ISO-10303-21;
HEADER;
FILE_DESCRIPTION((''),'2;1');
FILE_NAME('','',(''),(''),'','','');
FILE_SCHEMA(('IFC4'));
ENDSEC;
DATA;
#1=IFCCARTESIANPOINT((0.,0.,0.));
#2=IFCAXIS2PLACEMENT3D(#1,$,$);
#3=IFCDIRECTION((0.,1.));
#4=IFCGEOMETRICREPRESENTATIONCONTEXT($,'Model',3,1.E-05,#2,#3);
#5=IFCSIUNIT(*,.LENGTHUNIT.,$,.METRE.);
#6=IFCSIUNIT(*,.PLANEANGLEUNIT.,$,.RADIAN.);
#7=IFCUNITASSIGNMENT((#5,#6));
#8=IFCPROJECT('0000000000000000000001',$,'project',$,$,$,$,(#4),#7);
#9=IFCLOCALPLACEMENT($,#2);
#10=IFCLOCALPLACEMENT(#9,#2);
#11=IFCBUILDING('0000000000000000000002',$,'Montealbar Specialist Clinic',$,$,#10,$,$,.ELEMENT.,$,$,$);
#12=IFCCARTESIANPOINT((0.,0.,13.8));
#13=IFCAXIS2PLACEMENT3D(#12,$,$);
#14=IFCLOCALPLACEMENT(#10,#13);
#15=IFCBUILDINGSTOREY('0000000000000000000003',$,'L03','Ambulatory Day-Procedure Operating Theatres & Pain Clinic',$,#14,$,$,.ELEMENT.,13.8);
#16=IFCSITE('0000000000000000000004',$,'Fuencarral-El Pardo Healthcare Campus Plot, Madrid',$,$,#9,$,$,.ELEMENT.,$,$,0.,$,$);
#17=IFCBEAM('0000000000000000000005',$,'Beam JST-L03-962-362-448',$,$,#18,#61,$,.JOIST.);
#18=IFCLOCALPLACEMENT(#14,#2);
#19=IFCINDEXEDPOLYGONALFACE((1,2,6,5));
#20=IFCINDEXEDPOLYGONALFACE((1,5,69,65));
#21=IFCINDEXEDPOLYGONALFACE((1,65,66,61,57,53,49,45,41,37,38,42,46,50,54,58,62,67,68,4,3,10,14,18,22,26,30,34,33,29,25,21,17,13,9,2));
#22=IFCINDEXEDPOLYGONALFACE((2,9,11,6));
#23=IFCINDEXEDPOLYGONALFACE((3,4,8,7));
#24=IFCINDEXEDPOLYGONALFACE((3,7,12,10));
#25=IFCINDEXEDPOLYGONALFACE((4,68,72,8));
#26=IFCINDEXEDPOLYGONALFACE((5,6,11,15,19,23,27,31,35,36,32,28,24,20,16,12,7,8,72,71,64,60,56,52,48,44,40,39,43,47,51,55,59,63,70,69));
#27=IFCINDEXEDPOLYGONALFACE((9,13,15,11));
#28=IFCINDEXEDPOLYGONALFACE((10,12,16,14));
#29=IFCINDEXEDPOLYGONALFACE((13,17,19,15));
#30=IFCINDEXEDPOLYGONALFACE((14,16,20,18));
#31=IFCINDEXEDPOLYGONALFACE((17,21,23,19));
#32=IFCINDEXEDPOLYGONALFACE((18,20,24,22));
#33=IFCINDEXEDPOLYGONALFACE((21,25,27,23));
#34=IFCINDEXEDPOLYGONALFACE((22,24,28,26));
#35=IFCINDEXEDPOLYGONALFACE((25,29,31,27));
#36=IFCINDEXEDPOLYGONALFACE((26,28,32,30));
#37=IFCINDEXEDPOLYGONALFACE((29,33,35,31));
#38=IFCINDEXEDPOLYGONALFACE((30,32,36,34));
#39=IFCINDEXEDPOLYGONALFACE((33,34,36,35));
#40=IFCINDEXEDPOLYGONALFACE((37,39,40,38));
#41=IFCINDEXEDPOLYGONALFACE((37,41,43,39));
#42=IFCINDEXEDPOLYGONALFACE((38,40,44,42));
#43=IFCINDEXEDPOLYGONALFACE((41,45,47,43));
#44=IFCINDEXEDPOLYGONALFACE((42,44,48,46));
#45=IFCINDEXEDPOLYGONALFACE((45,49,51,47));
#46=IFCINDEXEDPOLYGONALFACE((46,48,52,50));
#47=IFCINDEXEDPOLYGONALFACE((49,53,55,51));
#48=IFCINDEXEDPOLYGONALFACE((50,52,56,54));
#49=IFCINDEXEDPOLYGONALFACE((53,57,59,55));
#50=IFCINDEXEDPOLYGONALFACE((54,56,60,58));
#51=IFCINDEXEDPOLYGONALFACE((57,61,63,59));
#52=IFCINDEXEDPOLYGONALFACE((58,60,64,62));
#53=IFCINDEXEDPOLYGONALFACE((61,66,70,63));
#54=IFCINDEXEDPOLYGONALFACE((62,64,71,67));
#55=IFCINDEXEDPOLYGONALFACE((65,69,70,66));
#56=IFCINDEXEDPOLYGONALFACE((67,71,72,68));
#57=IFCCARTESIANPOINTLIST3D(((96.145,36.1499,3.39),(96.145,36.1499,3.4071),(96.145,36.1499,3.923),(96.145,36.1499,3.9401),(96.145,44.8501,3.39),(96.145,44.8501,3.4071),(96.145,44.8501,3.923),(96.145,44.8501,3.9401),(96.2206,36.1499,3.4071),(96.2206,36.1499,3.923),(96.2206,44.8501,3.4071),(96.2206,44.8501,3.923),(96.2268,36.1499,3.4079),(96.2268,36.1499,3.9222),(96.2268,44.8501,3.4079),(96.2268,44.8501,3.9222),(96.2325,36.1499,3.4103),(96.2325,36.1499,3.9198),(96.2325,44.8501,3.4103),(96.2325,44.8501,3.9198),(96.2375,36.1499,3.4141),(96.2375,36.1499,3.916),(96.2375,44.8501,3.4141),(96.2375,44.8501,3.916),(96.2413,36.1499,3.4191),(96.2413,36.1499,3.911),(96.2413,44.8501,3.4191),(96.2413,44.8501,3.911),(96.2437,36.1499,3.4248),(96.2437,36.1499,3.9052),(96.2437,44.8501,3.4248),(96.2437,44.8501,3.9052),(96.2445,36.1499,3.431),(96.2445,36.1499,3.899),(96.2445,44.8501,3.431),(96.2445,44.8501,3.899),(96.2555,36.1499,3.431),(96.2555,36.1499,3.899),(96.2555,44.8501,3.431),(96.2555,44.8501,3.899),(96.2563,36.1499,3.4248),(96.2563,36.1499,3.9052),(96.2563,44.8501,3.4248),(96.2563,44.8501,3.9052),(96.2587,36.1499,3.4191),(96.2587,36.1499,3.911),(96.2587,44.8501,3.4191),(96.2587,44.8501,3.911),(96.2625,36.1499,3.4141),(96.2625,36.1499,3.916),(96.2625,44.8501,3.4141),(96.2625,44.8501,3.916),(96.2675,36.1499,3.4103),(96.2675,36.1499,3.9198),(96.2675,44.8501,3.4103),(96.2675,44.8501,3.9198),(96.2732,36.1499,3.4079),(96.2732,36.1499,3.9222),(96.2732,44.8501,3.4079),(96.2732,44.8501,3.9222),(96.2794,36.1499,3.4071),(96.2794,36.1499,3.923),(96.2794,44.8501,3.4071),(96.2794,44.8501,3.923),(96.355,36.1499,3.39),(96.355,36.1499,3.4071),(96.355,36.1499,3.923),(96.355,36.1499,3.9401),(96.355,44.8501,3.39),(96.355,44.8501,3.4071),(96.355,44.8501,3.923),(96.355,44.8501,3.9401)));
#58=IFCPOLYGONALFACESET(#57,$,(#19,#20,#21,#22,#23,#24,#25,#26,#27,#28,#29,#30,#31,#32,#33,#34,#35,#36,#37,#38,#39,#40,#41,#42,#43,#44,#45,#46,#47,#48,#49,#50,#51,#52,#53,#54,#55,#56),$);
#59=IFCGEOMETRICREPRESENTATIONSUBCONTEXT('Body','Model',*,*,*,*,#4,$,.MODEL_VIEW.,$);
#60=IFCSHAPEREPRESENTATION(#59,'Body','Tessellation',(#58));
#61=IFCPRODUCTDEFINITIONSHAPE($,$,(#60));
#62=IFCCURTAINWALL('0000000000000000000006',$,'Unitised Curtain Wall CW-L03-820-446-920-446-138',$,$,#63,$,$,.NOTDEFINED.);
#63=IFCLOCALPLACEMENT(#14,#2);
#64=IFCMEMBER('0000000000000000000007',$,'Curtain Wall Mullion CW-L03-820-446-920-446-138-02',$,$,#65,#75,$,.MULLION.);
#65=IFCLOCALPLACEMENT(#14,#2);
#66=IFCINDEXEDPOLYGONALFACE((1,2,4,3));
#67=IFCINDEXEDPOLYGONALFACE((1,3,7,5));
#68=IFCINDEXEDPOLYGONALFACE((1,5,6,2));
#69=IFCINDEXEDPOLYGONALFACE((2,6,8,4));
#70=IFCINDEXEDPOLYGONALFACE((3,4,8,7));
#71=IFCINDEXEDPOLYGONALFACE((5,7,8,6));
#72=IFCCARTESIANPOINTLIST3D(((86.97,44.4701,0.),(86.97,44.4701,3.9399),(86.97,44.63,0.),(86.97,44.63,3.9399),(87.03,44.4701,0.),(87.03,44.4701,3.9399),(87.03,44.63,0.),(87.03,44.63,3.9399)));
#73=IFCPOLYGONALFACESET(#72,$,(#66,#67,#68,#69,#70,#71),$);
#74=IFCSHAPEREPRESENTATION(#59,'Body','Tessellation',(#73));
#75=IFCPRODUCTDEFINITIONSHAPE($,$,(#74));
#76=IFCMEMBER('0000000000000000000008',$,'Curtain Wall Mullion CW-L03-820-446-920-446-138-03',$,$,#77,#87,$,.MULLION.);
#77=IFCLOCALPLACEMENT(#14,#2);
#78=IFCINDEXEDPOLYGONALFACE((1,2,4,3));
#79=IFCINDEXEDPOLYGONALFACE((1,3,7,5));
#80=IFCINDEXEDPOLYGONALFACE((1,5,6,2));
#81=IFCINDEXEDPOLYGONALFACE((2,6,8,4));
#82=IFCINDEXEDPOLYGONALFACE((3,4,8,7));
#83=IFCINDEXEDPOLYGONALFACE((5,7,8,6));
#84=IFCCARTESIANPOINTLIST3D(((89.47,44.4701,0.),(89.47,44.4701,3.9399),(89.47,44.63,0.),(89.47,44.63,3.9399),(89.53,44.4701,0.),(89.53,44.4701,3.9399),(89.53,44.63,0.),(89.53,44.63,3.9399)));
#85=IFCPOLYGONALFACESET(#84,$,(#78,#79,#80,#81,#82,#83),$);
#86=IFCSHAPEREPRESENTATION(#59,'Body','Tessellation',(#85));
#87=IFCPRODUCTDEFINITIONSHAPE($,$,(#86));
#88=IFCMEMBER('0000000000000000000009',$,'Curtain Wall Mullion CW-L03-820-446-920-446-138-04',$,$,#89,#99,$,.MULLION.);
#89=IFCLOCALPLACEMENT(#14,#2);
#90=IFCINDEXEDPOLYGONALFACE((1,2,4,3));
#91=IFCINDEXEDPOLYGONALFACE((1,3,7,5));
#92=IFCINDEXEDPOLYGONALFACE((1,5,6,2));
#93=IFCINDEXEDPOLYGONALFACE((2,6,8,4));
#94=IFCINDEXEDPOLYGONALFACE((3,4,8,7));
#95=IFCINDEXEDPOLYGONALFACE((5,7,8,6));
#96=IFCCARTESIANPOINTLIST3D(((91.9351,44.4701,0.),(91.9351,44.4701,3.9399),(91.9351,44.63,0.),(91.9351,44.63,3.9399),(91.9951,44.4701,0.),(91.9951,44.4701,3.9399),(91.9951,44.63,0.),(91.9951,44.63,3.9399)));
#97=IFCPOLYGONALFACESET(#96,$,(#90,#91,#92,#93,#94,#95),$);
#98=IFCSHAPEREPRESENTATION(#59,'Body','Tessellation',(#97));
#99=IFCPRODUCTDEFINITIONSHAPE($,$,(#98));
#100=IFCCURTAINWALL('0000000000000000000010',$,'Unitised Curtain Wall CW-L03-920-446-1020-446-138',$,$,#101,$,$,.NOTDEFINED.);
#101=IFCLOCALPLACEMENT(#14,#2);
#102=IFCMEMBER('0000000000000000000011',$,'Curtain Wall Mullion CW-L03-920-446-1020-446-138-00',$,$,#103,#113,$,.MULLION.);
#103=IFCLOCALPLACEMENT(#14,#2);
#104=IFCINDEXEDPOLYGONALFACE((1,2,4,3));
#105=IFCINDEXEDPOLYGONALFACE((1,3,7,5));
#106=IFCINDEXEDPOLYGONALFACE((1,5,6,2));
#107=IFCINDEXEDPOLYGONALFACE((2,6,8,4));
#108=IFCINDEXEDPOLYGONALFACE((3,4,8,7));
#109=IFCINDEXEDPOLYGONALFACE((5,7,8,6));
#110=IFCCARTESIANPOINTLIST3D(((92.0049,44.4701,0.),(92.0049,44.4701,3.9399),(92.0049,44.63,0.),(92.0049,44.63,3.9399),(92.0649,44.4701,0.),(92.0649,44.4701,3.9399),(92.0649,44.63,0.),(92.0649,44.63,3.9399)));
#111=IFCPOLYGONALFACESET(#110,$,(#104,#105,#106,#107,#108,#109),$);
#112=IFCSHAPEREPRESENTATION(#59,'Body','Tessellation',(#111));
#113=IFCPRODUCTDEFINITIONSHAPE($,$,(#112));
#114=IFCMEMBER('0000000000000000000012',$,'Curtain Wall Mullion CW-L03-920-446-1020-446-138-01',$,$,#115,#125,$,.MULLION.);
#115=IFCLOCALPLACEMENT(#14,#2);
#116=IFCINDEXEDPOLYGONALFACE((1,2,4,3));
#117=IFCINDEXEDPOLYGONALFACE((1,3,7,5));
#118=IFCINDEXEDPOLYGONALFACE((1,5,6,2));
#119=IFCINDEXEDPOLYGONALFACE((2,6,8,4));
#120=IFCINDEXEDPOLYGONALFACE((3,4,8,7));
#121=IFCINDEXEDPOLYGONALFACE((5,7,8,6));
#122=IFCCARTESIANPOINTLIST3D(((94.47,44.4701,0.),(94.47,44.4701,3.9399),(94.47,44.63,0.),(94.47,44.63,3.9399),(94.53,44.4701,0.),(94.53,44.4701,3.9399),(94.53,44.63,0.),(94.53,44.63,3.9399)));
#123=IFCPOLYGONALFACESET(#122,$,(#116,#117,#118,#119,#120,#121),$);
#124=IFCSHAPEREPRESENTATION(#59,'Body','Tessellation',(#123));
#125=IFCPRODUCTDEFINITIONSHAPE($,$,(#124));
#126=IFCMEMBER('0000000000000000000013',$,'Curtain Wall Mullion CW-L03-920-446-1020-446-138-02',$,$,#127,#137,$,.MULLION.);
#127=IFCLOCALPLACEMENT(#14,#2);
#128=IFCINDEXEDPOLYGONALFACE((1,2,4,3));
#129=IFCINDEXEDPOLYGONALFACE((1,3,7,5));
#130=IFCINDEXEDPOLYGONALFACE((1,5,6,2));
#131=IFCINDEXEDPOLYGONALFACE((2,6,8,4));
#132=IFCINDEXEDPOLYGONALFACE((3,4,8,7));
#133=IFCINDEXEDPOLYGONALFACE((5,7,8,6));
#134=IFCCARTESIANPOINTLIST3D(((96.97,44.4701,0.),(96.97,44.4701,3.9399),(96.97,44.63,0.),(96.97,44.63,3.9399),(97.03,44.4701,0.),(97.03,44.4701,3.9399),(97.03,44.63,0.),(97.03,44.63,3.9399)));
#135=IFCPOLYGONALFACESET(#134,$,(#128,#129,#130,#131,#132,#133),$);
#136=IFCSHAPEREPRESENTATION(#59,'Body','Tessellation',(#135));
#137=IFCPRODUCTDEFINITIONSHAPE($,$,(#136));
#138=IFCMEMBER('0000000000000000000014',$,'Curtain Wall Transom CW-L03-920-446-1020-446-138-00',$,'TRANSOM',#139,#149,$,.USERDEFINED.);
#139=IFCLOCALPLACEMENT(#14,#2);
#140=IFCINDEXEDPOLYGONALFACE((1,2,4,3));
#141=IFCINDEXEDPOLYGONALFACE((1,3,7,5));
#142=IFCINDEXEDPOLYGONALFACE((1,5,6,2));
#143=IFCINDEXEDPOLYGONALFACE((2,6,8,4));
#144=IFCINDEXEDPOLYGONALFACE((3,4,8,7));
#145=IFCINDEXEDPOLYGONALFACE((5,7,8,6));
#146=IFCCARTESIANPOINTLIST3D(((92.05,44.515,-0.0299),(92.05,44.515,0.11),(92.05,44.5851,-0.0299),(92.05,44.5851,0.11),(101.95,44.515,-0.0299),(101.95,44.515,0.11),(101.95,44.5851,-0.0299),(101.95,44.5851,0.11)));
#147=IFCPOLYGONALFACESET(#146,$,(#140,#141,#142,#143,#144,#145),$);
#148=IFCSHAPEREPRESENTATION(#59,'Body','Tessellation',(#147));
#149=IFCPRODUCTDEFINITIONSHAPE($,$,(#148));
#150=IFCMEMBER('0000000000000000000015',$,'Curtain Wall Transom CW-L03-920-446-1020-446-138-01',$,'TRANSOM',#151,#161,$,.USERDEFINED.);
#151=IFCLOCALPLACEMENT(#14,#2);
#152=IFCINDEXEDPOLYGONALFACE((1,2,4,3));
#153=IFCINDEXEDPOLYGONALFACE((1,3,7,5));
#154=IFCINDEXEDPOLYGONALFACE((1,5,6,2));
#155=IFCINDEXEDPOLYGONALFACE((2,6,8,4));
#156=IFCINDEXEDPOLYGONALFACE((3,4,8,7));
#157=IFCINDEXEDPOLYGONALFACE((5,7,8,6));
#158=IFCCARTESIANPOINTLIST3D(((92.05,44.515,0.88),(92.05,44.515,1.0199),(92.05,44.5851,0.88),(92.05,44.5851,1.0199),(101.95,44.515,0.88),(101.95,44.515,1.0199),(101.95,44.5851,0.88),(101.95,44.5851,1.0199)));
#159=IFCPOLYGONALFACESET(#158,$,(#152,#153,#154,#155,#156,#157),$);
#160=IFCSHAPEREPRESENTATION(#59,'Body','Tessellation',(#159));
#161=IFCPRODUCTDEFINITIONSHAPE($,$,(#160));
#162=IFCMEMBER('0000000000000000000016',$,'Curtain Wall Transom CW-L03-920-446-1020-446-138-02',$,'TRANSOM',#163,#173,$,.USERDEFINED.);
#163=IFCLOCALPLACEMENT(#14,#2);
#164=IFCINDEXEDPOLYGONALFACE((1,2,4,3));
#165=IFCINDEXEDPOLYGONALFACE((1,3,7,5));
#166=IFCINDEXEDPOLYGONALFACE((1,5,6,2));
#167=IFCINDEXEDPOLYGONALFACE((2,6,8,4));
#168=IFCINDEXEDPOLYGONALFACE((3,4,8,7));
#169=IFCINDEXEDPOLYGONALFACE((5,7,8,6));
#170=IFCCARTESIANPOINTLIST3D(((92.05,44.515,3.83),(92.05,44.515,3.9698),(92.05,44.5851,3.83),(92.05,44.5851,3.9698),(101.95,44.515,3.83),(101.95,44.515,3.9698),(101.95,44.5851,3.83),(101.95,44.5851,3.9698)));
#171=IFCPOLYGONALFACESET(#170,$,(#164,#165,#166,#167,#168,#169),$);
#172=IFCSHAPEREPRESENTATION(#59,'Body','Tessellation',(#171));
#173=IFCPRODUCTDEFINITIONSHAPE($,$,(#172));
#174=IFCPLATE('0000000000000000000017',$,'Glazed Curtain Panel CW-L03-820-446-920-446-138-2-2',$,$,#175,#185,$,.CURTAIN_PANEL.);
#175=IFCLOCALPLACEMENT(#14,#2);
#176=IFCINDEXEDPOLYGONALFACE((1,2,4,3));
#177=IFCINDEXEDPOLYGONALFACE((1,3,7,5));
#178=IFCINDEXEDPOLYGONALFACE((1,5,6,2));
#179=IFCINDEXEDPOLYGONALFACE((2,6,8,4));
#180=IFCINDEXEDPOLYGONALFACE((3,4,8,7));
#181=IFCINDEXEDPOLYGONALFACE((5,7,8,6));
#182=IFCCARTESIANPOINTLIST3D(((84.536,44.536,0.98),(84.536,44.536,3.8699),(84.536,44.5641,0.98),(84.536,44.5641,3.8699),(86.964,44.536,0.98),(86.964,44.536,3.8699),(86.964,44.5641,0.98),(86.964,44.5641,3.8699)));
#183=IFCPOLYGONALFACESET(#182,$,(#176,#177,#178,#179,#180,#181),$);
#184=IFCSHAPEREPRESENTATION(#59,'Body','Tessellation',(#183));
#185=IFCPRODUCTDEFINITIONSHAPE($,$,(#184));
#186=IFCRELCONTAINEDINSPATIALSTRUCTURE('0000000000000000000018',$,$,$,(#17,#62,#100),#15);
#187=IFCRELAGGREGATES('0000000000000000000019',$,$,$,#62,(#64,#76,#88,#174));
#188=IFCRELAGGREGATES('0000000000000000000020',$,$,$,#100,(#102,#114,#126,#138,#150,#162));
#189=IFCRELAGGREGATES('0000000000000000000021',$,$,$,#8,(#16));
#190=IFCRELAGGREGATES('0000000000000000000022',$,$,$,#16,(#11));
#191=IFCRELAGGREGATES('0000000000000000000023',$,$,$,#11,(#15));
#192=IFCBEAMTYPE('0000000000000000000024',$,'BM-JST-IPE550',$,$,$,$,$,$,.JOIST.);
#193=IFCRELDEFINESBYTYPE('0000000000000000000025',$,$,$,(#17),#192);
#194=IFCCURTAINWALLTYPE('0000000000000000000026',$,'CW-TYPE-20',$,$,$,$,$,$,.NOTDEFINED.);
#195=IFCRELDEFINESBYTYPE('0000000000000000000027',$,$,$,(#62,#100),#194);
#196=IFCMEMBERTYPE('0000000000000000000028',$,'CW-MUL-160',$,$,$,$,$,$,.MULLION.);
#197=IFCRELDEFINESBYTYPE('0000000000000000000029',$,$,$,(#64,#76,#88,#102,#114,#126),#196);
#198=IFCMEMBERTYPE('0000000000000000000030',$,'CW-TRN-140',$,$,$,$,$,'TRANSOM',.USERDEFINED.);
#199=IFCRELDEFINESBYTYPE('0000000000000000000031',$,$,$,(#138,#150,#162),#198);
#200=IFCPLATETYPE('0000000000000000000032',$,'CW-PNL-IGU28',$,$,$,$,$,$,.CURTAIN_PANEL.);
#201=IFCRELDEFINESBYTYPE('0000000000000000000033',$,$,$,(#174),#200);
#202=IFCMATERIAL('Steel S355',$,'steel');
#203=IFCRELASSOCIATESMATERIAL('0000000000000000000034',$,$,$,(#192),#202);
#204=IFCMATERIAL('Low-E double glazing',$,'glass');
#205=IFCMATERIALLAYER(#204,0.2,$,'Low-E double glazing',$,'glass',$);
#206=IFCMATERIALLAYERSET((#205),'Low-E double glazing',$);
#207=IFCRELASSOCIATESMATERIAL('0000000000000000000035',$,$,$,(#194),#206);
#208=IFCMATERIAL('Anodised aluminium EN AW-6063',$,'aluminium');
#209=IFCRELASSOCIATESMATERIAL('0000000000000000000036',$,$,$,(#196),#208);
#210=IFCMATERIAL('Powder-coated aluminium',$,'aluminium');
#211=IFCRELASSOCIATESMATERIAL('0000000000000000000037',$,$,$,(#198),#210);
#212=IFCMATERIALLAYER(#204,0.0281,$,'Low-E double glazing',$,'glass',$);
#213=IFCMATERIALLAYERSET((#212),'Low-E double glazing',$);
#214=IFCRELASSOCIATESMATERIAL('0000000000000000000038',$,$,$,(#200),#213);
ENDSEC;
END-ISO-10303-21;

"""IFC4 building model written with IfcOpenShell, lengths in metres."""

from ifc_helpers import new_model, si_unit, direction, frame, origin, origin_2d, place, context, subcontext, project, spatial, rectangle, i_section, extrude, material, layer, layer_set, material_profile, profile_set, type_object, element, aggregate, save


model = new_model("IFC4")

# Units and contexts
model_context = context("Model", 3, precision=1e-05, world=origin(), true_north=direction((0.0, 1.0)))
body_context = subcontext(model_context, "Body", "Model", "MODEL_VIEW")
ifc_project = project(units=[si_unit("LENGTHUNIT", "METRE"), si_unit("PLANEANGLEUNIT", "RADIAN")], contexts=[model_context])

# Site, building, storey
site_placement = place(None, origin())
site = spatial("IfcSite", under=ifc_project, at=site_placement, Name="Fuencarral-El Pardo Healthcare Campus Plot, Madrid", CompositionType="ELEMENT", RefElevation=0.0)
building_placement = place(site_placement, origin())
building = spatial("IfcBuilding", under=site, at=building_placement, Name="Montealbar Specialist Clinic", CompositionType="ELEMENT")
storey_placement = place(building_placement, frame((0.0, 0.0, 13.8)))
storey = spatial("IfcBuildingStorey", under=building, at=storey_placement, Name="L03", Description="Ambulatory Day-Procedure Operating Theatres & Pain Clinic", CompositionType="ELEMENT", Elevation=13.8)

# Shared definitions
ifc_material_1 = material(Name="Steel S355", Category="steel")

# Beam
ifc_material_profile_1 = material_profile(ifc_material_1, i_section(OverallWidth=0.21, OverallDepth=0.55, WebThickness=0.011, FlangeThickness=0.0171, FilletRadius=0.0239, at=origin_2d()), Name="IPE 550", Category="steel")
ifc_profile_set_1 = profile_set([ifc_material_profile_1], Name="Steel S355")
beam_type_1 = type_object("IfcBeamType", Name="BM-JST-IPE550", PredefinedType="JOIST", material=ifc_profile_set_1)
beam_1_placement = place(storey_placement, frame((96.25, 36.1499, 3.665), z_axis=(0.0, 1.0, 0.0), x_axis=(-1.0, 0.0, 0.0)))
element("IfcBeam", 1, at=beam_1_placement, inside=storey, type_object=beam_type_1, Name="Beam JST-L03-962-362-448", PredefinedType="JOIST", context=body_context, shape_type="SweptSolid", body=[
    extrude(i_section(OverallWidth=0.21, OverallDepth=0.55, WebThickness=0.011, FlangeThickness=0.0171, FilletRadius=0.0239, at=origin_2d()), origin(), (0.0, 0.0, 1.0), 8.7002),
])

# Curtain walls, members
ifc_material_2 = material(Name="Low-E double glazing", Category="glass")
ifc_layer_1 = layer(ifc_material_2, 0.2, Name="Low-E double glazing", Category="glass")
ifc_layer_set_1 = layer_set([ifc_layer_1], Name="Low-E double glazing")
curtain_wall_type = type_object("IfcCurtainWallType", Name="CW-TYPE-20", PredefinedType="NOTDEFINED", material=ifc_layer_set_1)
curtain_wall_1_placement = place(storey_placement, origin())
curtain_wall_1 = element("IfcCurtainWall", 2, at=curtain_wall_1_placement, inside=storey, type_object=curtain_wall_type, Name="Unitised Curtain Wall CW-L03-820-446-920-446-138", PredefinedType="NOTDEFINED")
ifc_material_3 = material(Name="Anodised aluminium EN AW-6063", Category="aluminium")
ifc_material_profile_2 = material_profile(ifc_material_3, rectangle(XDim=0.0601, YDim=0.1599, at=origin_2d()), Name="ALU 60x160", Category="aluminium")
ifc_profile_set_2 = profile_set([ifc_material_profile_2], Name="Anodised aluminium EN AW-6063")
member_type_1 = type_object("IfcMemberType", Name="CW-MUL-160", PredefinedType="MULLION", material=ifc_profile_set_2)
member_1_placement = place(storey_placement, frame((87.0, 44.55, 0.0), z_axis=(0.0, 0.0, 1.0), x_axis=(1.0, 0.0, 0.0)))
member_1 = element("IfcMember", 3, at=member_1_placement, type_object=member_type_1, Name="Curtain Wall Mullion CW-L03-820-446-920-446-138-02", PredefinedType="MULLION", context=body_context, shape_type="SweptSolid", body=[
    extrude(rectangle(XDim=0.0601, YDim=0.1599, at=origin_2d()), origin(), (0.0, 0.0, 1.0), 3.9399),
])
member_2_placement = place(storey_placement, frame((89.5, 44.55, 0.0), z_axis=(0.0, 0.0, 1.0), x_axis=(1.0, 0.0, 0.0)))
member_2 = element("IfcMember", 4, at=member_2_placement, type_object=member_type_1, Name="Curtain Wall Mullion CW-L03-820-446-920-446-138-03", PredefinedType="MULLION", context=body_context, shape_type="SweptSolid", body=[
    extrude(rectangle(XDim=0.0601, YDim=0.1599, at=origin_2d()), origin(), (0.0, 0.0, 1.0), 3.9399),
])
member_3_placement = place(storey_placement, frame((91.9651, 44.55, 0.0), z_axis=(0.0, 0.0, 1.0), x_axis=(1.0, 0.0, 0.0)))
member_3 = element("IfcMember", 5, at=member_3_placement, type_object=member_type_1, Name="Curtain Wall Mullion CW-L03-820-446-920-446-138-04", PredefinedType="MULLION", context=body_context, shape_type="SweptSolid", body=[
    extrude(rectangle(XDim=0.0601, YDim=0.1599, at=origin_2d()), origin(), (0.0, 0.0, 1.0), 3.9399),
])
curtain_wall_2_placement = place(storey_placement, origin())
curtain_wall_2 = element("IfcCurtainWall", 6, at=curtain_wall_2_placement, inside=storey, type_object=curtain_wall_type, Name="Unitised Curtain Wall CW-L03-920-446-1020-446-138", PredefinedType="NOTDEFINED")
member_4_placement = place(storey_placement, frame((92.0349, 44.55, 0.0), z_axis=(0.0, 0.0, 1.0), x_axis=(1.0, 0.0, 0.0)))
member_4 = element("IfcMember", 7, at=member_4_placement, type_object=member_type_1, Name="Curtain Wall Mullion CW-L03-920-446-1020-446-138-00", PredefinedType="MULLION", context=body_context, shape_type="SweptSolid", body=[
    extrude(rectangle(XDim=0.0601, YDim=0.1599, at=origin_2d()), origin(), (0.0, 0.0, 1.0), 3.9399),
])
member_5_placement = place(storey_placement, frame((94.5, 44.55, 0.0), z_axis=(0.0, 0.0, 1.0), x_axis=(1.0, 0.0, 0.0)))
member_5 = element("IfcMember", 8, at=member_5_placement, type_object=member_type_1, Name="Curtain Wall Mullion CW-L03-920-446-1020-446-138-01", PredefinedType="MULLION", context=body_context, shape_type="SweptSolid", body=[
    extrude(rectangle(XDim=0.0601, YDim=0.1599, at=origin_2d()), origin(), (0.0, 0.0, 1.0), 3.9399),
])
member_6_placement = place(storey_placement, frame((97.0, 44.55, 0.0), z_axis=(0.0, 0.0, 1.0), x_axis=(1.0, 0.0, 0.0)))
member_6 = element("IfcMember", 9, at=member_6_placement, type_object=member_type_1, Name="Curtain Wall Mullion CW-L03-920-446-1020-446-138-02", PredefinedType="MULLION", context=body_context, shape_type="SweptSolid", body=[
    extrude(rectangle(XDim=0.0601, YDim=0.1599, at=origin_2d()), origin(), (0.0, 0.0, 1.0), 3.9399),
])
ifc_material_4 = material(Name="Powder-coated aluminium", Category="aluminium")
ifc_material_profile_3 = material_profile(ifc_material_4, rectangle(XDim=0.0701, YDim=0.1399, at=origin_2d()), Name="ALU 70x140", Category="aluminium")
ifc_profile_set_3 = profile_set([ifc_material_profile_3], Name="Powder-coated aluminium")
member_type_2 = type_object("IfcMemberType", Name="CW-TRN-140", ElementType="TRANSOM", PredefinedType="USERDEFINED", material=ifc_profile_set_3)
member_7_placement = place(storey_placement, frame((92.05, 44.55, 0.04), z_axis=(1.0, 0.0, 0.0), x_axis=(0.0, 1.0, 0.0)))
member_7 = element("IfcMember", 10, at=member_7_placement, type_object=member_type_2, Name="Curtain Wall Transom CW-L03-920-446-1020-446-138-00", ObjectType="TRANSOM", PredefinedType="USERDEFINED", context=body_context, shape_type="SweptSolid", body=[
    extrude(rectangle(XDim=0.0701, YDim=0.1399, at=origin_2d()), origin(), (0.0, 0.0, 1.0), 9.8999),
])
member_8_placement = place(storey_placement, frame((92.05, 44.55, 0.95), z_axis=(1.0, 0.0, 0.0), x_axis=(0.0, 1.0, 0.0)))
member_8 = element("IfcMember", 11, at=member_8_placement, type_object=member_type_2, Name="Curtain Wall Transom CW-L03-920-446-1020-446-138-01", ObjectType="TRANSOM", PredefinedType="USERDEFINED", context=body_context, shape_type="SweptSolid", body=[
    extrude(rectangle(XDim=0.0701, YDim=0.1399, at=origin_2d()), origin(), (0.0, 0.0, 1.0), 9.8999),
])
member_9_placement = place(storey_placement, frame((92.05, 44.55, 3.8999), z_axis=(1.0, 0.0, 0.0), x_axis=(0.0, 1.0, 0.0)))
member_9 = element("IfcMember", 12, at=member_9_placement, type_object=member_type_2, Name="Curtain Wall Transom CW-L03-920-446-1020-446-138-02", ObjectType="TRANSOM", PredefinedType="USERDEFINED", context=body_context, shape_type="SweptSolid", body=[
    extrude(rectangle(XDim=0.0701, YDim=0.1399, at=origin_2d()), origin(), (0.0, 0.0, 1.0), 9.8999),
])

# Plate
ifc_layer_2 = layer(ifc_material_2, 0.0281, Name="Low-E double glazing", Category="glass")
ifc_layer_set_2 = layer_set([ifc_layer_2], Name="Low-E double glazing")
plate_type = type_object("IfcPlateType", Name="CW-PNL-IGU28", PredefinedType="CURTAIN_PANEL", material=ifc_layer_set_2)
plate_1_placement = place(storey_placement, frame((85.75, 44.55, 0.98), z_axis=(0.0, 0.0, 1.0), x_axis=(1.0, 0.0, 0.0)))
plate_1 = element("IfcPlate", 13, at=plate_1_placement, type_object=plate_type, Name="Glazed Curtain Panel CW-L03-820-446-920-446-138-2-2", PredefinedType="CURTAIN_PANEL", context=body_context, shape_type="SweptSolid", body=[
    extrude(rectangle(XDim=2.428, YDim=0.0281, at=origin_2d()), origin(), (0.0, 0.0, 1.0), 2.8899),
])
aggregate(curtain_wall_1, [member_1, member_2, member_3, plate_1])
aggregate(curtain_wall_2, [member_4, member_5, member_6, member_7, member_8, member_9])

save(model, "model.ifc")
